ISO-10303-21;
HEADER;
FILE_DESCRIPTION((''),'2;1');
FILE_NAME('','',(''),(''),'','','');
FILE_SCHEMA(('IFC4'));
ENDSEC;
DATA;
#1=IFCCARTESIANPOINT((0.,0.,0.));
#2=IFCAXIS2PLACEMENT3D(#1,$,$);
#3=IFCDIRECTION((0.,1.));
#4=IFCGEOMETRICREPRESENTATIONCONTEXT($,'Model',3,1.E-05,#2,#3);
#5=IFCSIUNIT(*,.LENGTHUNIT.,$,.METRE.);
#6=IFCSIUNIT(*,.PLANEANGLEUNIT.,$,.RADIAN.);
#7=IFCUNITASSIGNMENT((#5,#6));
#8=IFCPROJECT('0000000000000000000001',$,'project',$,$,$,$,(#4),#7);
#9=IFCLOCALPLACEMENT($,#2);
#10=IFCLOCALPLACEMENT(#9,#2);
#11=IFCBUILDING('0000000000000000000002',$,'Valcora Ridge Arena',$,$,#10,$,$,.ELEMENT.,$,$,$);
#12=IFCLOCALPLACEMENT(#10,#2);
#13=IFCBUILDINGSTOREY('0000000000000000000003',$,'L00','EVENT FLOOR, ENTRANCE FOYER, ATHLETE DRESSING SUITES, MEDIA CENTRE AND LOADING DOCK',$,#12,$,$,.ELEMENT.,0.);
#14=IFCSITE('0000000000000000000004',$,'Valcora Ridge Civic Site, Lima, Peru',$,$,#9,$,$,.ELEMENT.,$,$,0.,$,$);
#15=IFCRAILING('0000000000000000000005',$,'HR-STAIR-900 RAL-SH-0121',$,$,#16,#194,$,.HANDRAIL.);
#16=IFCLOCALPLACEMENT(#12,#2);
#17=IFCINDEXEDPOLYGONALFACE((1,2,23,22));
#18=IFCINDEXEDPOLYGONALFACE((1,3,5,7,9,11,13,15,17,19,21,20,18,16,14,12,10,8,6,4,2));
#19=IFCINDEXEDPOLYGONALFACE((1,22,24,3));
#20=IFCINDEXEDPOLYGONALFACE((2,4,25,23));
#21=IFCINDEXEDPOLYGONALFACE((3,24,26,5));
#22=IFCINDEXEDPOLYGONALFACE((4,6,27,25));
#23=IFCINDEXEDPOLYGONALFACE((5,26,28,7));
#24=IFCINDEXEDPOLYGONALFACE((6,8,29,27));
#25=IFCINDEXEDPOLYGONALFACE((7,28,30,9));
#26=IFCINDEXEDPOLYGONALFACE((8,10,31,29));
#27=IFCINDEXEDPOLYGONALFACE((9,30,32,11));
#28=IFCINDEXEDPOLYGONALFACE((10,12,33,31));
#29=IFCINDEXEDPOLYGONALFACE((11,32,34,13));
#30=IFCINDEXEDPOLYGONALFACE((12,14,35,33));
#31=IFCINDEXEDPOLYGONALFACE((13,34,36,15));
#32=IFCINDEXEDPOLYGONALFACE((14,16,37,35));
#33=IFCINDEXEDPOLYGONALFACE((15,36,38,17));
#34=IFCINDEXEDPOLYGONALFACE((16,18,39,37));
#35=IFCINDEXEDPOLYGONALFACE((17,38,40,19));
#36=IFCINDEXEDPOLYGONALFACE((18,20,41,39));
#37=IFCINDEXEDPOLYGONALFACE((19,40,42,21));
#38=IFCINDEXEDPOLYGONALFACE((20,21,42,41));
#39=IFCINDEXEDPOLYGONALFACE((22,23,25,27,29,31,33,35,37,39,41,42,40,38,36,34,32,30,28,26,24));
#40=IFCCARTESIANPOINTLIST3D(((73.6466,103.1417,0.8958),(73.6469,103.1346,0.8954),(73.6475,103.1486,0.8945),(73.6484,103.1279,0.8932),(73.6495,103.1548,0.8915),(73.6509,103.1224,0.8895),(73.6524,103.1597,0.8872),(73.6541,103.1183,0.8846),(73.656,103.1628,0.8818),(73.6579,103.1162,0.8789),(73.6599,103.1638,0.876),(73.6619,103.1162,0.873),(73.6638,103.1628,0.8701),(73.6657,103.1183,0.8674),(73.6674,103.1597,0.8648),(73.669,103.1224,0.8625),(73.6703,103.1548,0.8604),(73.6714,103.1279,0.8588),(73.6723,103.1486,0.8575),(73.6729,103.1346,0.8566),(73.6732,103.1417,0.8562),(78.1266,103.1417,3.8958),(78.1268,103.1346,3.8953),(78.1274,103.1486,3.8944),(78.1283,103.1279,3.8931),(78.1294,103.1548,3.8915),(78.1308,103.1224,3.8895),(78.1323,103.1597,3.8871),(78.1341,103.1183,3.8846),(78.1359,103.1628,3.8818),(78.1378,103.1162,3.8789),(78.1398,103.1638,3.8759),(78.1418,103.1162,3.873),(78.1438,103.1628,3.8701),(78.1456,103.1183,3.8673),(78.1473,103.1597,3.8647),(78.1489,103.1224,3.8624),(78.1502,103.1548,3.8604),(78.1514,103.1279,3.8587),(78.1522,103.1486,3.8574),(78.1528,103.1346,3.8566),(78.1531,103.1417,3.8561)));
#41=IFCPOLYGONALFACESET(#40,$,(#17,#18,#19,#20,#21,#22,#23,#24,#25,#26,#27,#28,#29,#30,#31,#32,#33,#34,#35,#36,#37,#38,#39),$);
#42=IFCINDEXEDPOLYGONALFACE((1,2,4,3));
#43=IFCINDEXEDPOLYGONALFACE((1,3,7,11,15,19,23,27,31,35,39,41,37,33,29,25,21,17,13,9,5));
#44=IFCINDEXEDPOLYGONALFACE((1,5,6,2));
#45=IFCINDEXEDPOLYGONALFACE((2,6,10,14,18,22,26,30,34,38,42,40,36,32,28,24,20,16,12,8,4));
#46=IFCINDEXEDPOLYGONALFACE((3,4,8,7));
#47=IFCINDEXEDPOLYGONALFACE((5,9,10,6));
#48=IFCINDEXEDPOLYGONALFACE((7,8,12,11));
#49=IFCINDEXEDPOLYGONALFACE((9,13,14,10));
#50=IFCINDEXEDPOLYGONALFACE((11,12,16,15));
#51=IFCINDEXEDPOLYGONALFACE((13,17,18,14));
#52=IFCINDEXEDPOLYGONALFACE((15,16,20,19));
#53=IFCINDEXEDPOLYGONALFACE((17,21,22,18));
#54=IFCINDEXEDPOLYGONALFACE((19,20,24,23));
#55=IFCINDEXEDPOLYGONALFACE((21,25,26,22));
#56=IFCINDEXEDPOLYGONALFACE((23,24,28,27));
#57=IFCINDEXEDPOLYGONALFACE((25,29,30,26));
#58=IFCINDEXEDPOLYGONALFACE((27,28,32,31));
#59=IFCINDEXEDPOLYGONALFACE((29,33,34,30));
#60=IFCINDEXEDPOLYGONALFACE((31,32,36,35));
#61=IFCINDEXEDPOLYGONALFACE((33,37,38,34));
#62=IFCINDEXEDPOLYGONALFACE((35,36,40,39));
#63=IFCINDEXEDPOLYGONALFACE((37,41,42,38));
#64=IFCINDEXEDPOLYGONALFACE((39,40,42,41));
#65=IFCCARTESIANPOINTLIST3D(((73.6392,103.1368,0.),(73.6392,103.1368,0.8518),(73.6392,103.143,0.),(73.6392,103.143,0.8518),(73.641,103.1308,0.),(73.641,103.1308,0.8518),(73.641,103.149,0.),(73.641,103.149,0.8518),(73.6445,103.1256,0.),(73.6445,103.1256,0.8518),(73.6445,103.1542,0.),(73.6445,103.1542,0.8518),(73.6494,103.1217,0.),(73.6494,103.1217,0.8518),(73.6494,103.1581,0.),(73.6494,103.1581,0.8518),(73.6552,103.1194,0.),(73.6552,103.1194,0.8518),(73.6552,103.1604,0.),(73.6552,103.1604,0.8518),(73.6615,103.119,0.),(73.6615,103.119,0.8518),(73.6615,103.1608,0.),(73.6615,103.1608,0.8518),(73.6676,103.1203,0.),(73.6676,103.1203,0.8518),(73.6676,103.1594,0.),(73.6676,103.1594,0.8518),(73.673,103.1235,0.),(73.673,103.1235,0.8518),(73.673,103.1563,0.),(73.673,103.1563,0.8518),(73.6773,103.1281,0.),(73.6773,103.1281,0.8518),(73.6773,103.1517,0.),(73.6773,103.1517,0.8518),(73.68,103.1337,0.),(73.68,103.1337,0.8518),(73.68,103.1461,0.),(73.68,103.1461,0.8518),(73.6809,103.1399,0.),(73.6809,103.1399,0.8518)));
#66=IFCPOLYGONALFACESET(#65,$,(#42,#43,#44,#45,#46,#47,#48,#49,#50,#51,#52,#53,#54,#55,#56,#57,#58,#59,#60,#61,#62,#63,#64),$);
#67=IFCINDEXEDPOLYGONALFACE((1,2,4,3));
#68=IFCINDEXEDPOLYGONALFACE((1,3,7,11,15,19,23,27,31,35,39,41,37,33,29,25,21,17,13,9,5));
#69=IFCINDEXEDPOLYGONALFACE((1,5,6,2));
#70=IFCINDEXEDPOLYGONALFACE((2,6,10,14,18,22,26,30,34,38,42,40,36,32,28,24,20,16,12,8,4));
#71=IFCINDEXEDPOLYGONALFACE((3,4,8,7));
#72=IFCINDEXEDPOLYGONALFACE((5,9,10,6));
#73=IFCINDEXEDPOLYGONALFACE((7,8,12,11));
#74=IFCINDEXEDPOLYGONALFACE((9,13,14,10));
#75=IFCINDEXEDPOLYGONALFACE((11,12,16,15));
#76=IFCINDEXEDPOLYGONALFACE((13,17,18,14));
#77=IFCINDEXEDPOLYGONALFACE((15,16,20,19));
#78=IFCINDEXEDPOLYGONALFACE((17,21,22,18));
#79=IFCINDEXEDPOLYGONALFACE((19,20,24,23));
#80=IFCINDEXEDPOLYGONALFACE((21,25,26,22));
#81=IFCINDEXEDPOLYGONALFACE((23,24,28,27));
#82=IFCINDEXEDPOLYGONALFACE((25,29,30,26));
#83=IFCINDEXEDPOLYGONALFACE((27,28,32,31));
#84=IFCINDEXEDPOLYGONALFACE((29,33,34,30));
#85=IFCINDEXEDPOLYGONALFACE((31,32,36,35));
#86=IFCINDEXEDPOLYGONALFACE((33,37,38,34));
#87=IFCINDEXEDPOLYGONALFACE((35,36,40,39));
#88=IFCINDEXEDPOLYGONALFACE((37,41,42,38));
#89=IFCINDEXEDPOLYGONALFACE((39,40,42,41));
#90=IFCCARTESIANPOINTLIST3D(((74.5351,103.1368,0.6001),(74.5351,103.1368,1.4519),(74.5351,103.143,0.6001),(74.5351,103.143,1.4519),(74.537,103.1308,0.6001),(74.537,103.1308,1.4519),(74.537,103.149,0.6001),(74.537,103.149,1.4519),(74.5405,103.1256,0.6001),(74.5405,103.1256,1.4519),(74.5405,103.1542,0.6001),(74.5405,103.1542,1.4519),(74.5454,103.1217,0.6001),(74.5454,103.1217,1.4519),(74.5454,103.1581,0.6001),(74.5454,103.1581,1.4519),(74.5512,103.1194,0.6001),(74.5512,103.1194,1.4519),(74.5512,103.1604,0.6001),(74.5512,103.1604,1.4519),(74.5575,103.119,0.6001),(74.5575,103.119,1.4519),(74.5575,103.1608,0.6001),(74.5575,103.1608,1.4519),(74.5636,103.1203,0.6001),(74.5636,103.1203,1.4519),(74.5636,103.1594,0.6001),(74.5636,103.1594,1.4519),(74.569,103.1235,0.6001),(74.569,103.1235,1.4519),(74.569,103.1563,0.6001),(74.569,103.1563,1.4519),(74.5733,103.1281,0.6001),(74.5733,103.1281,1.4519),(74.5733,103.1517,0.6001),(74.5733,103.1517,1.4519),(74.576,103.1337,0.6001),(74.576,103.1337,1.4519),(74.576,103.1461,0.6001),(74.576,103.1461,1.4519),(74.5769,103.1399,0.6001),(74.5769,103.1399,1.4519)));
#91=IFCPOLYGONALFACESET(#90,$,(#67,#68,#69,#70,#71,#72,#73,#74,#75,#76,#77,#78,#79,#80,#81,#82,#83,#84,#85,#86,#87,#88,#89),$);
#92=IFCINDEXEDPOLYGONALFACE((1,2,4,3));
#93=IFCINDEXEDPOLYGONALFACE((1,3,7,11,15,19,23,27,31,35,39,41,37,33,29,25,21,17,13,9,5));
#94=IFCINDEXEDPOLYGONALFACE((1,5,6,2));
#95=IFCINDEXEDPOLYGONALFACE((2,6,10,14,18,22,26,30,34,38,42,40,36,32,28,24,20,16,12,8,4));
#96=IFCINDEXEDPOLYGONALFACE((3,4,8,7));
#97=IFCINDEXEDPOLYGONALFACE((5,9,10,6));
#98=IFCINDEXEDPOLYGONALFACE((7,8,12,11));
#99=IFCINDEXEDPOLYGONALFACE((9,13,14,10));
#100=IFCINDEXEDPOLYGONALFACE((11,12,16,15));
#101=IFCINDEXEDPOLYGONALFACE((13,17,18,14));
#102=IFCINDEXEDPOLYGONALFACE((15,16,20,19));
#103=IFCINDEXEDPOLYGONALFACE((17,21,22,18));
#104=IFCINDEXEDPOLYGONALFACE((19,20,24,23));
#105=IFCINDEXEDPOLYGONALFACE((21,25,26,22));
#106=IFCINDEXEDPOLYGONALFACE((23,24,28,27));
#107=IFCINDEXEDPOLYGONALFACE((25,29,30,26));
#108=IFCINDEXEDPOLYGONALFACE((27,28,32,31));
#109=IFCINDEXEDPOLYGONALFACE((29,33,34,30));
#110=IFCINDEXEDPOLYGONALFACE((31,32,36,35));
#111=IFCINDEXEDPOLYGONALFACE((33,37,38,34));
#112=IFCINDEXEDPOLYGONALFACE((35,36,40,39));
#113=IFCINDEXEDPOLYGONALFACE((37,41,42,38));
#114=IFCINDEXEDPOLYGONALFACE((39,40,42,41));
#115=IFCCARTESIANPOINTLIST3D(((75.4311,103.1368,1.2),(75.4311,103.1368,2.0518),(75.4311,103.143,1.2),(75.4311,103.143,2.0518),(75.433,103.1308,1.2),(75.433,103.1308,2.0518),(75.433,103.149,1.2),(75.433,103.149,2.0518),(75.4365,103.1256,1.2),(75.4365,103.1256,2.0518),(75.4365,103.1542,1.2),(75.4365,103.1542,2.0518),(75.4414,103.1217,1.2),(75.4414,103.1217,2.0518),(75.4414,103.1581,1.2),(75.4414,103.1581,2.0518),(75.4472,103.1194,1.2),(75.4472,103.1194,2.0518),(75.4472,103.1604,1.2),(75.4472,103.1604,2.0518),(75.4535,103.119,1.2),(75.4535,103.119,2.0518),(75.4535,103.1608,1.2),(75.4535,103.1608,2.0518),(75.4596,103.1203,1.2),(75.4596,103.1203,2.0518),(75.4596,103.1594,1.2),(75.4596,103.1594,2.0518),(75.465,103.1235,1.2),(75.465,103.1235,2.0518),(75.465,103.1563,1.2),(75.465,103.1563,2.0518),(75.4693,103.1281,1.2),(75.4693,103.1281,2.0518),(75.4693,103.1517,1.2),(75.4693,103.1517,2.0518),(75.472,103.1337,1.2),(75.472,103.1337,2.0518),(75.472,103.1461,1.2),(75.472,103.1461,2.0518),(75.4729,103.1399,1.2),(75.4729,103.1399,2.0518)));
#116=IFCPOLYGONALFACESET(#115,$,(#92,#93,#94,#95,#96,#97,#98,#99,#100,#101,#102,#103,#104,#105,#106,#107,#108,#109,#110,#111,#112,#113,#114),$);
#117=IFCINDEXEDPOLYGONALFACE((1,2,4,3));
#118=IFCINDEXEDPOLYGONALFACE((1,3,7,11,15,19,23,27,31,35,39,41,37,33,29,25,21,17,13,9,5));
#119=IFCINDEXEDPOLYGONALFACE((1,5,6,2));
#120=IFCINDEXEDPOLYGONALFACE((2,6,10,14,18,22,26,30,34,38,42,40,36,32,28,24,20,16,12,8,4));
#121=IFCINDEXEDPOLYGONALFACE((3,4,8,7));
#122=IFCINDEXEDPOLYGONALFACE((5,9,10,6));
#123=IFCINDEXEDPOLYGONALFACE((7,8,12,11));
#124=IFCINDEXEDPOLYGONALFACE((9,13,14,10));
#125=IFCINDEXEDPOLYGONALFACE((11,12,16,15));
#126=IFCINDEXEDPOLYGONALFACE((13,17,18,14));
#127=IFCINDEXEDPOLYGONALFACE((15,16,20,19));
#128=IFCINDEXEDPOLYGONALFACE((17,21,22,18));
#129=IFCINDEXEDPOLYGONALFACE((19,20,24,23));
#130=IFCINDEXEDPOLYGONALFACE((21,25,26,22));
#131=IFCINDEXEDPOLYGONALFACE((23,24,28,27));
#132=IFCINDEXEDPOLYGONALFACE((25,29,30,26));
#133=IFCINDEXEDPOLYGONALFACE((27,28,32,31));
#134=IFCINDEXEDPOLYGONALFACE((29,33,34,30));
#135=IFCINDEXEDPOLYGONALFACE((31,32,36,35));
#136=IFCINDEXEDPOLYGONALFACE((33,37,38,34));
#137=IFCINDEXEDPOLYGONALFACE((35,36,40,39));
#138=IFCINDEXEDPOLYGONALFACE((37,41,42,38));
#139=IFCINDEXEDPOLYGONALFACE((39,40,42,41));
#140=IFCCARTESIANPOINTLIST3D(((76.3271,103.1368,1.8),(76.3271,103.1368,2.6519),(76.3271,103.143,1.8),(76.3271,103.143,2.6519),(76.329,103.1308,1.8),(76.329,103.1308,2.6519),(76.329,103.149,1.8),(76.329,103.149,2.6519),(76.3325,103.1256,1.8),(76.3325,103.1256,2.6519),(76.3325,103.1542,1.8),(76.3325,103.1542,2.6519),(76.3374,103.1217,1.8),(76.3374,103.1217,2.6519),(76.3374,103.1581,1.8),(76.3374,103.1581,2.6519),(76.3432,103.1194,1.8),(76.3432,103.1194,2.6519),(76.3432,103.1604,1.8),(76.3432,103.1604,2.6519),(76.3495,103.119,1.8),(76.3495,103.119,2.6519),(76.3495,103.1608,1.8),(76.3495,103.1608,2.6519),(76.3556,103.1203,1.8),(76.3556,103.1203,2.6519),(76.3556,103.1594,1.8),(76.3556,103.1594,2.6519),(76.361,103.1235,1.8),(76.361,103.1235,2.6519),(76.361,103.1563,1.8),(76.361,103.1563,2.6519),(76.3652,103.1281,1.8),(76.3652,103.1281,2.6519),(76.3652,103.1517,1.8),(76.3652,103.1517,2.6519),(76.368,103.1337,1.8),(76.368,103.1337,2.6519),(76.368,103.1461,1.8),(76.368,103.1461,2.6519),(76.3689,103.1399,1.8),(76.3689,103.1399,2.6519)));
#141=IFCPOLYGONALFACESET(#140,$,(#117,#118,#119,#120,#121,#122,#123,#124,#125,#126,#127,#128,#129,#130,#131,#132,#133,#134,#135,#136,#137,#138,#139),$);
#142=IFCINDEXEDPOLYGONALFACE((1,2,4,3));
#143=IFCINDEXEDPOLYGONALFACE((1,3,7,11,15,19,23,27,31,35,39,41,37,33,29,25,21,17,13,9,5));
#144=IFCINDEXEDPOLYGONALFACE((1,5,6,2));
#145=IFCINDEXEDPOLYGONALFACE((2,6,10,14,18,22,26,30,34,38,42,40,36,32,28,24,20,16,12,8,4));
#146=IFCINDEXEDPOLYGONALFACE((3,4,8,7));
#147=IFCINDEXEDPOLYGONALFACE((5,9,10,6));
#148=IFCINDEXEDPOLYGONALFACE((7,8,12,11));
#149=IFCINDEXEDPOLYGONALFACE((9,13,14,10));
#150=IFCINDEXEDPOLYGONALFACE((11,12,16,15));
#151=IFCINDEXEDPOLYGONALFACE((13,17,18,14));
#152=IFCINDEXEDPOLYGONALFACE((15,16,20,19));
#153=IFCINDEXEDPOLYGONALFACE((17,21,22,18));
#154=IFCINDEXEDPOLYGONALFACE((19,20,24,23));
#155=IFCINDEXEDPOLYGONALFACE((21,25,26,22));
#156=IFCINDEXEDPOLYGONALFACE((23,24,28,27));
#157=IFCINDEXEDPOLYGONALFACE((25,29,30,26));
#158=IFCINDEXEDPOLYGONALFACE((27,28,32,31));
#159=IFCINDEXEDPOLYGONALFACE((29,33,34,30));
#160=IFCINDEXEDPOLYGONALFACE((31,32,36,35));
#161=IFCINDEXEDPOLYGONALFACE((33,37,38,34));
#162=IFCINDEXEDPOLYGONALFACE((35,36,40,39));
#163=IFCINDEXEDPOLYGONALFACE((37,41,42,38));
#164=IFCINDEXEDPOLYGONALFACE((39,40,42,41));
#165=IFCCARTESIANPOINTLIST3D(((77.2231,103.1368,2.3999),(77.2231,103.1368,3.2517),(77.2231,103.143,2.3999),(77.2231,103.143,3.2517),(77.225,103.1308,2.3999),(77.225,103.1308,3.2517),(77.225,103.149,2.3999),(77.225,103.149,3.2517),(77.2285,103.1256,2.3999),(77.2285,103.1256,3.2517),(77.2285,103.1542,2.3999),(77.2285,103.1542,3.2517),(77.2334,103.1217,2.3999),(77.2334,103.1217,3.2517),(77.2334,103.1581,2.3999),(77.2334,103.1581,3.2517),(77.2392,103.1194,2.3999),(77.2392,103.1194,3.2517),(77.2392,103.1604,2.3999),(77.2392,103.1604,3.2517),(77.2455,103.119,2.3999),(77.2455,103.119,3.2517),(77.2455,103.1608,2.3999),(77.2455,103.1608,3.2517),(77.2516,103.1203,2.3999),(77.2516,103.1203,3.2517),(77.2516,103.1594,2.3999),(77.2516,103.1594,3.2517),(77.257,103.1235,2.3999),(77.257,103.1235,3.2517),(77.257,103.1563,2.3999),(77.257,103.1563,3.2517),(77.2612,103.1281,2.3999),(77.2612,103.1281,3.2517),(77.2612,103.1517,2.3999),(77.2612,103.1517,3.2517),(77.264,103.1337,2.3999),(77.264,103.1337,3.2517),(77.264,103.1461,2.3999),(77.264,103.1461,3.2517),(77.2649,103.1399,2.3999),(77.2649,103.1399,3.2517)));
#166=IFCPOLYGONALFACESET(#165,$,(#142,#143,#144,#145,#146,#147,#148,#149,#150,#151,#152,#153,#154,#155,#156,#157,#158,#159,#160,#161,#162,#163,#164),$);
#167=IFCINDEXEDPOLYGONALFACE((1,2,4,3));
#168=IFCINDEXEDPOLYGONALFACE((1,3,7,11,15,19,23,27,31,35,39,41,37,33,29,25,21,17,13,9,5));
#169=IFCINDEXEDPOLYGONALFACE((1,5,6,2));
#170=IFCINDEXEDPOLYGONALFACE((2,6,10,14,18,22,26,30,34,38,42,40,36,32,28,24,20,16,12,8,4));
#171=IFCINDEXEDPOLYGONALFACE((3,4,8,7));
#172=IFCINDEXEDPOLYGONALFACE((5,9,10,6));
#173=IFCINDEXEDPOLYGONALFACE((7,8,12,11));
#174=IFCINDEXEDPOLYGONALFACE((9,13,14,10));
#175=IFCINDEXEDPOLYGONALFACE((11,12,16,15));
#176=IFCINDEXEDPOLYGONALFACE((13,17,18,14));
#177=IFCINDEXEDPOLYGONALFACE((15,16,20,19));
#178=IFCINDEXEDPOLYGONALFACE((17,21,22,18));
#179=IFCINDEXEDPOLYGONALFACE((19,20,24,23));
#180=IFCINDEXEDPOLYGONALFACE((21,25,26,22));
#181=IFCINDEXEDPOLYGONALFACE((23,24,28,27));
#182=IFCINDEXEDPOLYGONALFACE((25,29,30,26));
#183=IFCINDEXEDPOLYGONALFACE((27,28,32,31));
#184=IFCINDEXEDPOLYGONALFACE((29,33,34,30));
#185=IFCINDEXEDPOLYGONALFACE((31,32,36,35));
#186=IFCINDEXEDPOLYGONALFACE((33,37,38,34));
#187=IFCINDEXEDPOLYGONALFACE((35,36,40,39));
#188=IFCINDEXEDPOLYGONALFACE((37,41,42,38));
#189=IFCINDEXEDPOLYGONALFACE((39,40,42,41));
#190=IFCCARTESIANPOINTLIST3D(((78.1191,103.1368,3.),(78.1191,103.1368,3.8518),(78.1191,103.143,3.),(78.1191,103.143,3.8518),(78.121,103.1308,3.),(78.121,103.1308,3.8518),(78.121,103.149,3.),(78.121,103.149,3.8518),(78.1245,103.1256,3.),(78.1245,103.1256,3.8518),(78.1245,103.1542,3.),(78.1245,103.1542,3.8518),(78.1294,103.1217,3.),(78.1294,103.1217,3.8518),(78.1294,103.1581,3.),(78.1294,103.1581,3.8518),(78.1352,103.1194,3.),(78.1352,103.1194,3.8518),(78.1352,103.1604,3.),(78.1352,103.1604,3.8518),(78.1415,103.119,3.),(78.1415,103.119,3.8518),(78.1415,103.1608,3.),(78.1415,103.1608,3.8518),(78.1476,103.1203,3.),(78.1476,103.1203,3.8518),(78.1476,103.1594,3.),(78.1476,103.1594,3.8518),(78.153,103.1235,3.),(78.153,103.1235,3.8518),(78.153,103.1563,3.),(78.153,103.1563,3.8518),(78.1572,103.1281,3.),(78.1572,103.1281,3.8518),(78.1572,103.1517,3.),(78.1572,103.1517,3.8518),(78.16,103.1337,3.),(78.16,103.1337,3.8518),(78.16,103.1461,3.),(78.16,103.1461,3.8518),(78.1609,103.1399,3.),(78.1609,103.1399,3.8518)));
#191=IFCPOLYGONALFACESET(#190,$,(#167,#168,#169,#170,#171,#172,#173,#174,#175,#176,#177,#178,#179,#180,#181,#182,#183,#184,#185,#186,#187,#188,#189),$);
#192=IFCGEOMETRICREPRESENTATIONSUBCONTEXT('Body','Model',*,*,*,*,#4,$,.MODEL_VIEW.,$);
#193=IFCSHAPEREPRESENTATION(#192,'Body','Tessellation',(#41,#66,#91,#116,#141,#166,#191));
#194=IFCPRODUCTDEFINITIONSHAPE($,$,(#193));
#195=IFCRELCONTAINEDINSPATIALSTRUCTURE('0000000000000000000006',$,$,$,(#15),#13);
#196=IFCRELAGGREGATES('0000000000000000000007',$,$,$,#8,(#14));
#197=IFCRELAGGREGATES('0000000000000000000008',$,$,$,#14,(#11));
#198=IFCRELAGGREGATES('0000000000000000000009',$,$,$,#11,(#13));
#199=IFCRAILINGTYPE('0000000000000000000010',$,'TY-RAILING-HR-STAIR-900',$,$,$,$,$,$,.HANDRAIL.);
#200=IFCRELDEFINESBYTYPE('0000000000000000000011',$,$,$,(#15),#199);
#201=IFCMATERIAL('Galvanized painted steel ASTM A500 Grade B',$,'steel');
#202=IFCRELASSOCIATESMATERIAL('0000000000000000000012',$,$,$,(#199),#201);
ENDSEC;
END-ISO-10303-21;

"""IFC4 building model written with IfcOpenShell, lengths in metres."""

from ifc_helpers import new_model, si_unit, direction, frame, origin, origin_2d, place, context, subcontext, project, spatial, circle, extrude, material, type_object, element, save


model = new_model("IFC4")

# Units and contexts
model_context = context("Model", 3, precision=1e-05, world=origin(), true_north=direction((0.0, 1.0)))
body_context = subcontext(model_context, "Body", "Model", "MODEL_VIEW")
ifc_project = project(units=[si_unit("LENGTHUNIT", "METRE"), si_unit("PLANEANGLEUNIT", "RADIAN")], contexts=[model_context])

# Site, building, storey
site_placement = place(None, origin())
site = spatial("IfcSite", under=ifc_project, at=site_placement, Name="Valcora Ridge Civic Site, Lima, Peru", CompositionType="ELEMENT", RefElevation=0.0)
building_placement = place(site_placement, origin())
building = spatial("IfcBuilding", under=site, at=building_placement, Name="Valcora Ridge Arena", CompositionType="ELEMENT")
storey_placement = place(building_placement, origin())
storey = spatial("IfcBuildingStorey", under=building, at=storey_placement, Name="L00", Description="EVENT FLOOR, ENTRANCE FOYER, ATHLETE DRESSING SUITES, MEDIA CENTRE AND LOADING DOCK", CompositionType="ELEMENT", Elevation=0.0)

# Railing
ifc_material_1 = material(Name="Galvanized painted steel ASTM A500 Grade B", Category="steel")
railing_type_1 = type_object("IfcRailingType", Name="TY-RAILING-HR-STAIR-900", PredefinedType="HANDRAIL", material=ifc_material_1)
railing_1_placement = place(storey_placement, frame((73.6599, 103.1399, 0.0)))
element("IfcRailing", 1, at=railing_1_placement, inside=storey, type_object=railing_type_1, Name="HR-STAIR-900 RAL-SH-0121", PredefinedType="HANDRAIL", context=body_context, shape_type="SweptSolid", body=[
    extrude(circle(Radius=0.0239, at=origin_2d()), frame((0.0, 0.0, 0.876), z_axis=(0.830906, 0.0, 0.556413), x_axis=(0.0, 1.0, 0.0)), (0.0, 0.0, 1.0), 5.3916),
    extrude(circle(Radius=0.021, at=origin_2d()), origin(), (0.0, 0.0, 1.0), 0.8518),
    extrude(circle(Radius=0.021, at=origin_2d()), frame((0.896, 0.0, 0.6001)), (0.0, 0.0, 1.0), 0.8518),
    extrude(circle(Radius=0.021, at=origin_2d()), frame((1.792, 0.0, 1.2)), (0.0, 0.0, 1.0), 0.8518),
    extrude(circle(Radius=0.021, at=origin_2d()), frame((2.688, 0.0, 1.8)), (0.0, 0.0, 1.0), 0.8518),
    extrude(circle(Radius=0.021, at=origin_2d()), frame((3.584, 0.0, 2.3999)), (0.0, 0.0, 1.0), 0.8518),
    extrude(circle(Radius=0.021, at=origin_2d()), frame((4.48, 0.0, 3.0)), (0.0, 0.0, 1.0), 0.8518),
])

save(model, "model.ifc")
